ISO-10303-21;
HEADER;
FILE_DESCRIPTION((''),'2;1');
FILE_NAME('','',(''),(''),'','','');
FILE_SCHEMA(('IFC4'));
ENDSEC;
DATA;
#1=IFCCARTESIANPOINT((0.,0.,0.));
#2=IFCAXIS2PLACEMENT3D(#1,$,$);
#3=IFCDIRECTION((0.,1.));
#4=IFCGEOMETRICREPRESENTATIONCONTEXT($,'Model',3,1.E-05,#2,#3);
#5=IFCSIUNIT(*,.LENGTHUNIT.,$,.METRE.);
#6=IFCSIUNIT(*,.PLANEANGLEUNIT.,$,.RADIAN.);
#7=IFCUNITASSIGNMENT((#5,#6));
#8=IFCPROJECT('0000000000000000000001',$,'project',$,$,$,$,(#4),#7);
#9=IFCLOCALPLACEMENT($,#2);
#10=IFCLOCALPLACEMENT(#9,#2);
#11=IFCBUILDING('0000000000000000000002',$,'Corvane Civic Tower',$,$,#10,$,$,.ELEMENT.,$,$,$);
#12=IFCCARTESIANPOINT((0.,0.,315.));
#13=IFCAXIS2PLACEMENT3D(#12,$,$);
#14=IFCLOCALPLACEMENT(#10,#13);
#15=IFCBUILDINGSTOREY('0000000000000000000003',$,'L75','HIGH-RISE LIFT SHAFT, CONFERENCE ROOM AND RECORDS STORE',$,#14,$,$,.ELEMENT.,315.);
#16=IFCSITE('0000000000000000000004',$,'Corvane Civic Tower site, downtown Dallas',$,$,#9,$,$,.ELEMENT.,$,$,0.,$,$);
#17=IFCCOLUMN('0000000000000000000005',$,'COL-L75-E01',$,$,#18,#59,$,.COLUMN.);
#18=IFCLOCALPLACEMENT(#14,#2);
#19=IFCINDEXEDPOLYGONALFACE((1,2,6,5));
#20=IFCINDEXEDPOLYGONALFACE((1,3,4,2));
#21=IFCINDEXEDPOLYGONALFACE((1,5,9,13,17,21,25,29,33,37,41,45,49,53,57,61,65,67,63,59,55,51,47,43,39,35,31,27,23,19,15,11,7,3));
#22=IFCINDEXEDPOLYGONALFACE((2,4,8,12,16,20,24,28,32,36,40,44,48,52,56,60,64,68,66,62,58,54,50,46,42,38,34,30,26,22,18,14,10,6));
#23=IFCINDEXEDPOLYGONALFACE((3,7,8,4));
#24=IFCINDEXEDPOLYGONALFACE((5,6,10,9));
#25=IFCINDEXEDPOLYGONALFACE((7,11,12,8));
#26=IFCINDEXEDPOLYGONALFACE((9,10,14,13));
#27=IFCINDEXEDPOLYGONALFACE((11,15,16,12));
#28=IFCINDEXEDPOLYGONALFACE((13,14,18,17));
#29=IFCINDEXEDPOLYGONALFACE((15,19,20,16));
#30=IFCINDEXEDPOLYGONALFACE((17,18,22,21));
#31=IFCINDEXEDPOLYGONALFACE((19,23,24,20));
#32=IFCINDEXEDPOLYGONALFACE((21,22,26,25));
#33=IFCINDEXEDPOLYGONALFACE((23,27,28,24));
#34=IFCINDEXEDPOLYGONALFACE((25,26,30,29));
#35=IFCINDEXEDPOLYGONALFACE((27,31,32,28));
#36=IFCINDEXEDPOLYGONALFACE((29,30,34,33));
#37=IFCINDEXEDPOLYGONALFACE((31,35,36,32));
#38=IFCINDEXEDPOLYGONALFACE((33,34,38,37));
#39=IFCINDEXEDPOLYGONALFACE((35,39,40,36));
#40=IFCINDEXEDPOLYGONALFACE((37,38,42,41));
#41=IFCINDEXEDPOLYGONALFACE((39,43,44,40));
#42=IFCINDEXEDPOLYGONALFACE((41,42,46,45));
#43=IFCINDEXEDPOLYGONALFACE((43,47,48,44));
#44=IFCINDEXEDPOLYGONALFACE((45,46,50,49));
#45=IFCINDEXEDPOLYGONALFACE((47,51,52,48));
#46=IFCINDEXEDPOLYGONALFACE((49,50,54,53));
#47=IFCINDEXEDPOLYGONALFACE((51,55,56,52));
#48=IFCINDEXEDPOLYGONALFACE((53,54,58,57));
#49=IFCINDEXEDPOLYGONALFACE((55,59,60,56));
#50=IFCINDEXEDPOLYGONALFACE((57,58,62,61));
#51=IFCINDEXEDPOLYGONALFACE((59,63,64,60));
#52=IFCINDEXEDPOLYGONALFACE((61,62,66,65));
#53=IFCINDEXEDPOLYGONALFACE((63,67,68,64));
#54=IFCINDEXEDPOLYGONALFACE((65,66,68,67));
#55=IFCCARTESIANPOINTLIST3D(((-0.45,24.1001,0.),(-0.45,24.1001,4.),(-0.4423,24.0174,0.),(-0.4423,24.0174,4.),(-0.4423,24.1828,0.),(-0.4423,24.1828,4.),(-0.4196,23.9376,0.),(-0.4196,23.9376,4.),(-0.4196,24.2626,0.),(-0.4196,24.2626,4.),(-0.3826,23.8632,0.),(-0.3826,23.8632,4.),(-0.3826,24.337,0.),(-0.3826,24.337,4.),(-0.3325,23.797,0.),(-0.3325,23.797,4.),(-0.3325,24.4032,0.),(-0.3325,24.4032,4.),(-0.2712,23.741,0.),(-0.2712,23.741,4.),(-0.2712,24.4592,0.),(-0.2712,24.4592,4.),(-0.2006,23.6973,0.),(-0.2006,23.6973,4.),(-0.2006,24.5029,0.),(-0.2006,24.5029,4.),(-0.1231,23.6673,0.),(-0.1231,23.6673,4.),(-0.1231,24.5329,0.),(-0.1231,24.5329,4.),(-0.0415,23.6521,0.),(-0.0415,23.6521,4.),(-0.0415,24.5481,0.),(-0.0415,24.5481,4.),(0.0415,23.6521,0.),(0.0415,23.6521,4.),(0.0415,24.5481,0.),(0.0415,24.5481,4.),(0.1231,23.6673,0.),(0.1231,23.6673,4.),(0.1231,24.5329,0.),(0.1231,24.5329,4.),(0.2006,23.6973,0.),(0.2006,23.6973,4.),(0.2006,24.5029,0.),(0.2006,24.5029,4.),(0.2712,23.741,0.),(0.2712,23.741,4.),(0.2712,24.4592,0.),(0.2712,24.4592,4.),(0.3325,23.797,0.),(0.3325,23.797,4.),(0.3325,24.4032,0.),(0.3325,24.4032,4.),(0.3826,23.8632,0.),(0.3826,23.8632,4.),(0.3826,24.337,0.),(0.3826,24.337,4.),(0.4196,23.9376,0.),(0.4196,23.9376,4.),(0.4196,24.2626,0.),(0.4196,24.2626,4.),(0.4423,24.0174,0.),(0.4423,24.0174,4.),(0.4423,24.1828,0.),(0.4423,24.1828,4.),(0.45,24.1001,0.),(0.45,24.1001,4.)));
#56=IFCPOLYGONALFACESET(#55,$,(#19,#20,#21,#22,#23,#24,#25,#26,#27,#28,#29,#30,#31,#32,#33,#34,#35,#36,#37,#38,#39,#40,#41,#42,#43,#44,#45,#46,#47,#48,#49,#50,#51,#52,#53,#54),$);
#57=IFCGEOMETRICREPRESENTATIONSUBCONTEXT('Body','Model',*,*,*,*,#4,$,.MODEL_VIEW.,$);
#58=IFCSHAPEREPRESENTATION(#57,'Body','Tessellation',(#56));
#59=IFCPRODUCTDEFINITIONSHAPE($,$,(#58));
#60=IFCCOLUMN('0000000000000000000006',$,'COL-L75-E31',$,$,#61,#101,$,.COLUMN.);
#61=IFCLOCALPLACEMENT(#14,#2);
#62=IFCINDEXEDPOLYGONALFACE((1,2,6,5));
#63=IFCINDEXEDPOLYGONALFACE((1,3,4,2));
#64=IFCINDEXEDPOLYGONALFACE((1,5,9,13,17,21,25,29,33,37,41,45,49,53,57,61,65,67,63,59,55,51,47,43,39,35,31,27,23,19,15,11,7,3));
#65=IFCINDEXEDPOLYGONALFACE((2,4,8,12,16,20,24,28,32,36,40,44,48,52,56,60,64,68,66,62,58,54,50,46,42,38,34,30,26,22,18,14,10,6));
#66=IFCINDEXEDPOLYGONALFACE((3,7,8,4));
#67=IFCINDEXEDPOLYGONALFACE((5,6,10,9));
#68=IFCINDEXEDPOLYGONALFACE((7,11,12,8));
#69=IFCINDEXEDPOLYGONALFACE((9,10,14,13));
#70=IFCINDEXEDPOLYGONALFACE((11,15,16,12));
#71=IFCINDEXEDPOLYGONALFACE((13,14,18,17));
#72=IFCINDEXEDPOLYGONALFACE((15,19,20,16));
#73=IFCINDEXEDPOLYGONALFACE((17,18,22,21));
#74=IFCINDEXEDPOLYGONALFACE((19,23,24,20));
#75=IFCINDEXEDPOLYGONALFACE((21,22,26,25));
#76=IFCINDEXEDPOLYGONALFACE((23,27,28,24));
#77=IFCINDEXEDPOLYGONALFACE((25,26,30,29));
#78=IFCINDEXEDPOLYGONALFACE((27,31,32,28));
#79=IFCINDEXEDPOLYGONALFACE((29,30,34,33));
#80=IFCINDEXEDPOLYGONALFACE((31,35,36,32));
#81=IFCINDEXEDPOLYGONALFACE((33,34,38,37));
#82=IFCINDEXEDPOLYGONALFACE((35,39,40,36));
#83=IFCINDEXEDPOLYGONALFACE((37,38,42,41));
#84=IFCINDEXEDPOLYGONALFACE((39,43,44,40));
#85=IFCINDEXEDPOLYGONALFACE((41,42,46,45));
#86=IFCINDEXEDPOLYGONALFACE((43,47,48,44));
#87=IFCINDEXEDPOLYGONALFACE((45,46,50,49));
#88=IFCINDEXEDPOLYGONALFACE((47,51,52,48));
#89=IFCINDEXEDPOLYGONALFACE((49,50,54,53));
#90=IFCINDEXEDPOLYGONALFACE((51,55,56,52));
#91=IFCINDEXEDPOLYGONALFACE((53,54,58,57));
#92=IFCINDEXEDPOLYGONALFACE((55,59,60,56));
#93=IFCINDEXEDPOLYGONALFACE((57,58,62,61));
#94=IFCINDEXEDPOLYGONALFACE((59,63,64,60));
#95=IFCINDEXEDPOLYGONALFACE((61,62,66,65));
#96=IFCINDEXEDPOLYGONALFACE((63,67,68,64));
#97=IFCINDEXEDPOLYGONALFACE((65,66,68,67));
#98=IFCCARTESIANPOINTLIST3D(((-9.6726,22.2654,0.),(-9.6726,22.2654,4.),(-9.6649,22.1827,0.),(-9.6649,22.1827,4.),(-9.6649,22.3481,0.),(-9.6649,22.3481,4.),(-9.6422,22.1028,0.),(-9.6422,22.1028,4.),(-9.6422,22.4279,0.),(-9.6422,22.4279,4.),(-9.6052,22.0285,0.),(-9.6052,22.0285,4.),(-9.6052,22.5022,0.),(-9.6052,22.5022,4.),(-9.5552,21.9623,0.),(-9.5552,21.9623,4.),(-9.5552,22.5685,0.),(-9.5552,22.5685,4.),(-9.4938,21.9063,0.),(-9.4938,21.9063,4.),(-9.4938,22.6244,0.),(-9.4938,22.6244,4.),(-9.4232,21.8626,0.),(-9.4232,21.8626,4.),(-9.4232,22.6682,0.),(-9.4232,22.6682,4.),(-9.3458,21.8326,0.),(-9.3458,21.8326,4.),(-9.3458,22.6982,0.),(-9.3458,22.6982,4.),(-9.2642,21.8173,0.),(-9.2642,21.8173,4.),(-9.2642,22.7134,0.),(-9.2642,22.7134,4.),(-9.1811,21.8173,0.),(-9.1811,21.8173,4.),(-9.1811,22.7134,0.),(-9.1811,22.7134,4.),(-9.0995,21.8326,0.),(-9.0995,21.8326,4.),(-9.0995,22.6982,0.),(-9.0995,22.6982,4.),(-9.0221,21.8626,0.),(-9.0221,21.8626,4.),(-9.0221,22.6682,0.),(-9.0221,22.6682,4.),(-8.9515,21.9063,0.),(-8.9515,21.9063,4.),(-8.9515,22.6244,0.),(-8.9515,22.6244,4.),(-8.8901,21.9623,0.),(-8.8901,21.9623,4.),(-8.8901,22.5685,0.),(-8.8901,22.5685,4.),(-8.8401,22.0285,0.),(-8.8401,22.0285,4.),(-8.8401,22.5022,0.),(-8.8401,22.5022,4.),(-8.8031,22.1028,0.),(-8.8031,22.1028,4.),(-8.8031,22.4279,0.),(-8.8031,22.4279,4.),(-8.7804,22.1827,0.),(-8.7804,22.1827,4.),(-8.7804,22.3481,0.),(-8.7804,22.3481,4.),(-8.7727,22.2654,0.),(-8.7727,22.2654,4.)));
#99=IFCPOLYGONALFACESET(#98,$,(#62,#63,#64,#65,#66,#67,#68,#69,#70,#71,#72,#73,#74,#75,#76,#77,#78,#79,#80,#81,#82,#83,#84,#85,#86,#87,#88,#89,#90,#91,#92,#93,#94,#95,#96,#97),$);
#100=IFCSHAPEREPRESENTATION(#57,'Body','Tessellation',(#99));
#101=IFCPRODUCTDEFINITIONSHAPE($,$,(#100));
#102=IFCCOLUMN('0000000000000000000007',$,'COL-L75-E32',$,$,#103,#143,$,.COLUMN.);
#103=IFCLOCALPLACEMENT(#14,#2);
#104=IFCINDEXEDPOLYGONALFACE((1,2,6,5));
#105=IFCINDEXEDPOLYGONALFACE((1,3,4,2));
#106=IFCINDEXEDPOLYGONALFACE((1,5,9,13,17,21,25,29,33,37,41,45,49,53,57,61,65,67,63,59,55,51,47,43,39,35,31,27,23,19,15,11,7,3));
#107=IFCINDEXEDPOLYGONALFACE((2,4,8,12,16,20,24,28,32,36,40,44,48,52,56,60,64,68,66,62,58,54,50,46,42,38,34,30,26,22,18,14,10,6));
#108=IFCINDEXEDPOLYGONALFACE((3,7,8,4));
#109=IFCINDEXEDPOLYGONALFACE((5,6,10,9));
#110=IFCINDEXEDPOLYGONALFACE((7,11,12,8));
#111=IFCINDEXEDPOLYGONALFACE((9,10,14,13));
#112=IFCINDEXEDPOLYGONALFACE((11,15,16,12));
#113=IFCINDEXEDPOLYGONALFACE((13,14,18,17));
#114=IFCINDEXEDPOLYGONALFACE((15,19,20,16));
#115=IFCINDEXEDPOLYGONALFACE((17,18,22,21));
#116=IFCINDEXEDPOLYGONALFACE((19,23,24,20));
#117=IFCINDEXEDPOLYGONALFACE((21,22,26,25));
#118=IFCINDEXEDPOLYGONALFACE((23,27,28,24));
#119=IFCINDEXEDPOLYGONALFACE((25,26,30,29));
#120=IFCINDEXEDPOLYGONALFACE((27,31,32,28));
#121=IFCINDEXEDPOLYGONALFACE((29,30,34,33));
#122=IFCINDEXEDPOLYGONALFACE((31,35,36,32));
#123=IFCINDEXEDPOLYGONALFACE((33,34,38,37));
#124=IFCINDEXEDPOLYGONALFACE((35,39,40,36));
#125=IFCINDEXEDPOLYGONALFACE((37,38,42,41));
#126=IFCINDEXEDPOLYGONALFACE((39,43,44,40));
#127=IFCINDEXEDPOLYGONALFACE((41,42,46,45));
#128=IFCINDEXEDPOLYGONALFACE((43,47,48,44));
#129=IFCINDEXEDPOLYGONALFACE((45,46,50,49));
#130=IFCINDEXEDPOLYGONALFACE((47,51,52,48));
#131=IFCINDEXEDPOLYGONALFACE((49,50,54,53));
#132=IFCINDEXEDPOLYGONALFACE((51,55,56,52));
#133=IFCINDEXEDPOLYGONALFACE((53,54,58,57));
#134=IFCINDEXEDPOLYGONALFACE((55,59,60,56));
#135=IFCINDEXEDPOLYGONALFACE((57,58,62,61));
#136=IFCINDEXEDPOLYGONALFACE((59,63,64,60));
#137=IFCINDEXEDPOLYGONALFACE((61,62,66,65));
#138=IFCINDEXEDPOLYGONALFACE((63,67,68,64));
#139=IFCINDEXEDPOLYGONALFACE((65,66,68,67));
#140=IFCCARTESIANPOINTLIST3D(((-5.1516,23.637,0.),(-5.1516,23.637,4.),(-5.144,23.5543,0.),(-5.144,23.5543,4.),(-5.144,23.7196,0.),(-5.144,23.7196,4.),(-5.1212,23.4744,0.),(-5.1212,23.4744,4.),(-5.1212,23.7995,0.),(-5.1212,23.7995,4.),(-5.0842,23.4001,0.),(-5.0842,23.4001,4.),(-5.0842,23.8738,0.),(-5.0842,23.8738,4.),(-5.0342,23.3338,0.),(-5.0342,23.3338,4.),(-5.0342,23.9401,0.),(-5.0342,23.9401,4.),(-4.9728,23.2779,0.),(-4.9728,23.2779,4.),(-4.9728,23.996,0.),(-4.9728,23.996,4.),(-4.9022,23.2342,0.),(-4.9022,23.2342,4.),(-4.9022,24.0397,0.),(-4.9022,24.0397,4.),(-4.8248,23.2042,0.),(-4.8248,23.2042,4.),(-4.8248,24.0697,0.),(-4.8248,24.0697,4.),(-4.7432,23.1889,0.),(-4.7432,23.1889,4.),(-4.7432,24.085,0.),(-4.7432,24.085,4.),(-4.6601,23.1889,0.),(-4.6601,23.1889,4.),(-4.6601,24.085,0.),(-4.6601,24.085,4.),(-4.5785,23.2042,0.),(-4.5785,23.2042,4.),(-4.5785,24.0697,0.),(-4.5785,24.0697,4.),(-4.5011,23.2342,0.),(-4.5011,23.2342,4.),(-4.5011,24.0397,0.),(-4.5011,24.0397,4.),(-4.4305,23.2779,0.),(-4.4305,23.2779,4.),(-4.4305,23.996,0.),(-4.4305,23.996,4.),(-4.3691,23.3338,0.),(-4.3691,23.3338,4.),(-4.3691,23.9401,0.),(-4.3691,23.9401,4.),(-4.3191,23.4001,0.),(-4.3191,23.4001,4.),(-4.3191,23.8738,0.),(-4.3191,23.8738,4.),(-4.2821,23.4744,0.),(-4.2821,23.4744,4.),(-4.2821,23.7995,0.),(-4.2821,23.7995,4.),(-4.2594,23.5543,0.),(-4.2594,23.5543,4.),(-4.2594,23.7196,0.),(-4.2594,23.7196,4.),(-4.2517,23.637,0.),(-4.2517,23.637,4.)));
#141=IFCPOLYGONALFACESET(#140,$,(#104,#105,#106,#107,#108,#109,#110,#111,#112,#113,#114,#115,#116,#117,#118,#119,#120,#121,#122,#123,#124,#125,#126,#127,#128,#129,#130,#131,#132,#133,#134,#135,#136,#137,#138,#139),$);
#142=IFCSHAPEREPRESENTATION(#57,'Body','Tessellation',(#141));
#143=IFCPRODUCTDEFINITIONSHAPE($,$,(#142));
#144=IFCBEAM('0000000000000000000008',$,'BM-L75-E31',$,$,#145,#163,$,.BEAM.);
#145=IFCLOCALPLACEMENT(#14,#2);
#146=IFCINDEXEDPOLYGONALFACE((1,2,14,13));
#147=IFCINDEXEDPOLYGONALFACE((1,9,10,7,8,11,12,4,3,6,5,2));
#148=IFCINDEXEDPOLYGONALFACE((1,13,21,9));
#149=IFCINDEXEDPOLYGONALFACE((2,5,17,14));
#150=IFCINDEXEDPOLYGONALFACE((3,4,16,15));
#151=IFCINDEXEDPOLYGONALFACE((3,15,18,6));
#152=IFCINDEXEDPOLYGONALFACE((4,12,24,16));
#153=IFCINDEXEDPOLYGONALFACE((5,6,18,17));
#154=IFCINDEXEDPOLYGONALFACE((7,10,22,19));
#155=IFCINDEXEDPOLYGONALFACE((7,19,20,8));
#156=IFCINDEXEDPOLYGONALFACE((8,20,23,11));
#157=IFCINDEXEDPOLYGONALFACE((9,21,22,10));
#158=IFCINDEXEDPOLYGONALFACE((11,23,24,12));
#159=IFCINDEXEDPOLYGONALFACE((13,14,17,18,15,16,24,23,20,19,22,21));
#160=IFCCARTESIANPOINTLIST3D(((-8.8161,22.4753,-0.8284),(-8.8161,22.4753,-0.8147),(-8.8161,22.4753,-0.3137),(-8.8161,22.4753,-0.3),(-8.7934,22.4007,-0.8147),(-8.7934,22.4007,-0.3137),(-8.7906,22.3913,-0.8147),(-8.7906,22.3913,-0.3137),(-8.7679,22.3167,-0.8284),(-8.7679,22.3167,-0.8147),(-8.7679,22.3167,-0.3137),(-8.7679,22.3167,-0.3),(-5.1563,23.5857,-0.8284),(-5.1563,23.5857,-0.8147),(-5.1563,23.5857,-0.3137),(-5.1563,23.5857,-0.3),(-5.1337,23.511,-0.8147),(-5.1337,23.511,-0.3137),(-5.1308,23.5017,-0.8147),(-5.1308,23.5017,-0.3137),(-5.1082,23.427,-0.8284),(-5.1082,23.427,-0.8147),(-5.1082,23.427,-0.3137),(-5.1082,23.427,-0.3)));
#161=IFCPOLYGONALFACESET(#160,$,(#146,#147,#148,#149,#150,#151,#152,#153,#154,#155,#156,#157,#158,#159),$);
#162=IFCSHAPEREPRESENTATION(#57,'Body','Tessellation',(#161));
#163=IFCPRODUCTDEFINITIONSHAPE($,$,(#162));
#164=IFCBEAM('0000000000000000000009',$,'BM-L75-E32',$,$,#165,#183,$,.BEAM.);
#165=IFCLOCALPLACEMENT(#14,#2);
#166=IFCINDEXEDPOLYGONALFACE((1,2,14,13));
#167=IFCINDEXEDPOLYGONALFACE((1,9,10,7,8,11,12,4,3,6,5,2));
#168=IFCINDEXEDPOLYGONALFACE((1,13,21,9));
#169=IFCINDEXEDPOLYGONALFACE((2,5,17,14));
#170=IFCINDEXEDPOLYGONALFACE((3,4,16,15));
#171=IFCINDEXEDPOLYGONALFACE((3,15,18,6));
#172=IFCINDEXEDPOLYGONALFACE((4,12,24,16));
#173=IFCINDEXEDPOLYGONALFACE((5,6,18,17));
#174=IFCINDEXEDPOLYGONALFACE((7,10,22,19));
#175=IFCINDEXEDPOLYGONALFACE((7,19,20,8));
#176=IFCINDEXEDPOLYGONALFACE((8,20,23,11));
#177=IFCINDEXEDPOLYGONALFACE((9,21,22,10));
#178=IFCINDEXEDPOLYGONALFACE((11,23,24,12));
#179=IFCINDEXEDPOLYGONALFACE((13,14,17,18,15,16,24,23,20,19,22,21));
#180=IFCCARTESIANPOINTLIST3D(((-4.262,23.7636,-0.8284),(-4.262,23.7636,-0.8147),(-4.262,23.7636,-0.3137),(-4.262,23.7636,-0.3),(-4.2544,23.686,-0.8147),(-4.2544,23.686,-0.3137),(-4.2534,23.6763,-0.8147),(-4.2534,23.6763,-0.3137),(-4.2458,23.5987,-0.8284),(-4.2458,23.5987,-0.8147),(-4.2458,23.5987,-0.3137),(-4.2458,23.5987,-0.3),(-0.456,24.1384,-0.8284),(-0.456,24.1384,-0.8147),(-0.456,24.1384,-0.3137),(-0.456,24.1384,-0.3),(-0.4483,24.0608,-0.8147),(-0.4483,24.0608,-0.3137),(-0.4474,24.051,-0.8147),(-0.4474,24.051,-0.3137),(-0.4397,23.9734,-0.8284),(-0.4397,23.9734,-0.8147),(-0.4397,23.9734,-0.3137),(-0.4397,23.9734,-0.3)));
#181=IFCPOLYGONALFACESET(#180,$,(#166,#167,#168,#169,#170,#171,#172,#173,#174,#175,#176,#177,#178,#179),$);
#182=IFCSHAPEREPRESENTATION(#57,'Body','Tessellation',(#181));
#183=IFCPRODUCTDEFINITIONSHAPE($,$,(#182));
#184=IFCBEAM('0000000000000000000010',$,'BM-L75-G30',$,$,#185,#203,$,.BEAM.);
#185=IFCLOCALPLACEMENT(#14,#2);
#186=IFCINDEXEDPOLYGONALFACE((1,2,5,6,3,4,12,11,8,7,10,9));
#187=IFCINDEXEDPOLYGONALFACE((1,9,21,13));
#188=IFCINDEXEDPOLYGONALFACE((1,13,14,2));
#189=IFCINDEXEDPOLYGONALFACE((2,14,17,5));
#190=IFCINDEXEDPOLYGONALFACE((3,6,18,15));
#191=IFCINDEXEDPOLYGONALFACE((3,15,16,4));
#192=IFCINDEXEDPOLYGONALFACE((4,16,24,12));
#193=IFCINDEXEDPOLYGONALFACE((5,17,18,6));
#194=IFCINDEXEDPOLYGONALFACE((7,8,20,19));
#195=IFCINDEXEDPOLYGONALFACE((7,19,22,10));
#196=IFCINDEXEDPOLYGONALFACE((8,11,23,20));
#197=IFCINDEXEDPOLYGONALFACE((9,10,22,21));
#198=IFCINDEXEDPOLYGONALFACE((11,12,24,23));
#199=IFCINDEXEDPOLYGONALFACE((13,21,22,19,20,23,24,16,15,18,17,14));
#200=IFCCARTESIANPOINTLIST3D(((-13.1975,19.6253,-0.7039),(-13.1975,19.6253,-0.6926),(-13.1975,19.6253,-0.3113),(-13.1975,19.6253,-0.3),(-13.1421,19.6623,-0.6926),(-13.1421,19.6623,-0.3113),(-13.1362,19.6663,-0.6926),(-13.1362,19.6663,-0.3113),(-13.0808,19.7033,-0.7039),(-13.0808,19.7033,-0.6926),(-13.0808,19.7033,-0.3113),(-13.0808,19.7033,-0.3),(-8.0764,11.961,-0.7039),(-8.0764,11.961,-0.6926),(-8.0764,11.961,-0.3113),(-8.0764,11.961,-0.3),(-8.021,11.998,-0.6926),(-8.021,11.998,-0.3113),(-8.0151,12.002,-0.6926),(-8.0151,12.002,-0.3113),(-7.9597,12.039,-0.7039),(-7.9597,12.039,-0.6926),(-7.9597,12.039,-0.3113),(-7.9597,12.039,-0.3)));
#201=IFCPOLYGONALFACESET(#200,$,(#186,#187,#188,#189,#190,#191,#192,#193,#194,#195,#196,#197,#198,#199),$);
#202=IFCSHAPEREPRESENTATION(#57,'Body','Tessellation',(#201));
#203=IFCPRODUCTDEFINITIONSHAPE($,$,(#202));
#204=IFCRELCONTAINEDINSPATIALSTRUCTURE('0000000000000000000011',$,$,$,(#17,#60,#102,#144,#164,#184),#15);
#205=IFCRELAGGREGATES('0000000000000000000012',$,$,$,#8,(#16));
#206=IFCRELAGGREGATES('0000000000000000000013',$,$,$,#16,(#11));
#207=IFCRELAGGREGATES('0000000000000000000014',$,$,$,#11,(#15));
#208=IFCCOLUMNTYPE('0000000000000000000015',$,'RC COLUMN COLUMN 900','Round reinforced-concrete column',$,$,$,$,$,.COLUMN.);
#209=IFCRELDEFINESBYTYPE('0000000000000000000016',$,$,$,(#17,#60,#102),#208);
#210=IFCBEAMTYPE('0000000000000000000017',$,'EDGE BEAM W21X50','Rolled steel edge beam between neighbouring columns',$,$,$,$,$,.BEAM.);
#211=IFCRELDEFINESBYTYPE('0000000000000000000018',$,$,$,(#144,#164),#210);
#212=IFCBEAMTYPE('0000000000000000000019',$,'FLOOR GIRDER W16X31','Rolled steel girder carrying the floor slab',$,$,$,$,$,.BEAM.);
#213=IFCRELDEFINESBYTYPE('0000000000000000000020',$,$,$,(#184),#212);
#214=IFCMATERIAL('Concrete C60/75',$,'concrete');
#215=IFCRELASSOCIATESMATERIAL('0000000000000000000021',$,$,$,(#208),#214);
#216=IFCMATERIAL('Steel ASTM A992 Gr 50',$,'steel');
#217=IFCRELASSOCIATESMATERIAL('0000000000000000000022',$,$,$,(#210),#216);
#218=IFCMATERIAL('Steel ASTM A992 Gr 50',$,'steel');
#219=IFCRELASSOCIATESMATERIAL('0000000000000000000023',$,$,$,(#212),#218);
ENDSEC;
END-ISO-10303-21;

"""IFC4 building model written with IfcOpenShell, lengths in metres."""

from ifc_helpers import new_model, si_unit, direction, frame, origin, origin_2d, place, context, subcontext, project, spatial, circle, i_section, extrude, material, material_profile, profile_set, type_object, element, save


model = new_model("IFC4")

# Units and contexts
model_context = context("Model", 3, precision=1e-05, world=origin(), true_north=direction((0.0, 1.0)))
body_context = subcontext(model_context, "Body", "Model", "MODEL_VIEW")
ifc_project = project(units=[si_unit("LENGTHUNIT", "METRE"), si_unit("PLANEANGLEUNIT", "RADIAN")], contexts=[model_context])

# Site, building, storey
site_placement = place(None, origin())
site = spatial("IfcSite", under=ifc_project, at=site_placement, Name="Corvane Civic Tower site, downtown Dallas", CompositionType="ELEMENT", RefElevation=0.0)
building_placement = place(site_placement, origin())
building = spatial("IfcBuilding", under=site, at=building_placement, Name="Corvane Civic Tower", CompositionType="ELEMENT")
storey_placement = place(building_placement, frame((0.0, 0.0, 315.0)))
storey = spatial("IfcBuildingStorey", under=building, at=storey_placement, Name="L75", Description="HIGH-RISE LIFT SHAFT, CONFERENCE ROOM AND RECORDS STORE", CompositionType="ELEMENT", Elevation=315.0)

# Columns
ifc_material_1 = material(Name="Concrete C60/75", Category="concrete")
ifc_material_profile_1 = material_profile(ifc_material_1, circle(Radius=0.45, at=origin_2d()), Name="COLUMN 900")
ifc_profile_set_1 = profile_set([ifc_material_profile_1], Name="Concrete C60/75")
column_type = type_object("IfcColumnType", Name="RC COLUMN COLUMN 900", Description="Round reinforced-concrete column", PredefinedType="COLUMN", material=ifc_profile_set_1)
for number, where, z_axis, x_axis, name in (
    (1, (0.0, 24.1001, 0.0), (0.0, 0.0, 1.0), (1.0, 0.0, 0.0), "COL-L75-E01"),
    (2, (-9.2227, 22.2654, 0.0), (0.0, 0.0, 1.0), (1.0, 0.0, 0.0), "COL-L75-E31"),
    (3, (-4.7017, 23.637, 0.0), (0.0, 0.0, 1.0), (1.0, 0.0, 0.0), "COL-L75-E32"),
):
    element("IfcColumn", number, at=place(storey_placement, frame(where, z_axis=z_axis, x_axis=x_axis)), inside=storey, type_object=column_type, Name=name, PredefinedType="COLUMN", context=body_context, shape_type="SweptSolid", body=[
        extrude(circle(Radius=0.45, at=origin_2d()), origin(), (0.0, 0.0, 1.0), 4.0),
    ])

# Beams
ifc_material_2 = material(Name="Steel ASTM A992 Gr 50", Category="steel")
ifc_material_profile_2 = material_profile(ifc_material_2, i_section(OverallWidth=0.1658, OverallDepth=0.5283, WebThickness=0.0098, FlangeThickness=0.0137, at=origin_2d()), Name="W21X50")
ifc_profile_set_2 = profile_set([ifc_material_profile_2], Name="Steel ASTM A992 Gr 50")
beam_type_1 = type_object("IfcBeamType", Name="EDGE BEAM W21X50", Description="Rolled steel edge beam between neighbouring columns", PredefinedType="BEAM", material=ifc_profile_set_2)
for number, where, z_axis, x_axis, name in (
    (4, (-8.792, 22.396, -0.5642), (0.956926, 0.290333, 0.0), (-0.290333, 0.956926, 0.0), "BM-L75-E31"),
    (5, (-4.2539, 23.6812, -0.5642), (0.995188, 0.097987, 0.0), (-0.097987, 0.995188, 0.0), "BM-L75-E32"),
):
    element("IfcBeam", number, at=place(storey_placement, frame(where, z_axis=z_axis, x_axis=x_axis)), inside=storey, type_object=beam_type_1, Name=name, PredefinedType="BEAM", context=body_context, shape_type="SweptSolid", body=[
        extrude(i_section(OverallWidth=0.1658, OverallDepth=0.5283, WebThickness=0.0098, FlangeThickness=0.0137, at=origin_2d()), origin(), (0.0, 0.0, 1.0), 3.8245),
    ])
ifc_material_3 = material(Name="Steel ASTM A992 Gr 50", Category="steel")
ifc_material_profile_3 = material_profile(ifc_material_3, i_section(OverallWidth=0.1404, OverallDepth=0.4038, WebThickness=0.0071, FlangeThickness=0.0112, at=origin_2d()), Name="W16X31")
ifc_profile_set_3 = profile_set([ifc_material_profile_3], Name="Steel ASTM A992 Gr 50")
beam_type_2 = type_object("IfcBeamType", Name="FLOOR GIRDER W16X31", Description="Rolled steel girder carrying the floor slab", PredefinedType="BEAM", material=ifc_profile_set_3)
beam_1_placement = place(storey_placement, frame((-8.0181, 12.0, -0.502), z_axis=(-0.555568, 0.831471, 0.0), x_axis=(-0.831471, -0.555568, 0.0)))
element("IfcBeam", 6, at=beam_1_placement, inside=storey, type_object=beam_type_2, Name="BM-L75-G30", PredefinedType="BEAM", context=body_context, shape_type="SweptSolid", body=[
    extrude(i_section(OverallWidth=0.1404, OverallDepth=0.4038, WebThickness=0.0071, FlangeThickness=0.0112, at=origin_2d()), origin(), (0.0, 0.0, 1.0), 9.2178),
])

save(model, "model.ifc")
